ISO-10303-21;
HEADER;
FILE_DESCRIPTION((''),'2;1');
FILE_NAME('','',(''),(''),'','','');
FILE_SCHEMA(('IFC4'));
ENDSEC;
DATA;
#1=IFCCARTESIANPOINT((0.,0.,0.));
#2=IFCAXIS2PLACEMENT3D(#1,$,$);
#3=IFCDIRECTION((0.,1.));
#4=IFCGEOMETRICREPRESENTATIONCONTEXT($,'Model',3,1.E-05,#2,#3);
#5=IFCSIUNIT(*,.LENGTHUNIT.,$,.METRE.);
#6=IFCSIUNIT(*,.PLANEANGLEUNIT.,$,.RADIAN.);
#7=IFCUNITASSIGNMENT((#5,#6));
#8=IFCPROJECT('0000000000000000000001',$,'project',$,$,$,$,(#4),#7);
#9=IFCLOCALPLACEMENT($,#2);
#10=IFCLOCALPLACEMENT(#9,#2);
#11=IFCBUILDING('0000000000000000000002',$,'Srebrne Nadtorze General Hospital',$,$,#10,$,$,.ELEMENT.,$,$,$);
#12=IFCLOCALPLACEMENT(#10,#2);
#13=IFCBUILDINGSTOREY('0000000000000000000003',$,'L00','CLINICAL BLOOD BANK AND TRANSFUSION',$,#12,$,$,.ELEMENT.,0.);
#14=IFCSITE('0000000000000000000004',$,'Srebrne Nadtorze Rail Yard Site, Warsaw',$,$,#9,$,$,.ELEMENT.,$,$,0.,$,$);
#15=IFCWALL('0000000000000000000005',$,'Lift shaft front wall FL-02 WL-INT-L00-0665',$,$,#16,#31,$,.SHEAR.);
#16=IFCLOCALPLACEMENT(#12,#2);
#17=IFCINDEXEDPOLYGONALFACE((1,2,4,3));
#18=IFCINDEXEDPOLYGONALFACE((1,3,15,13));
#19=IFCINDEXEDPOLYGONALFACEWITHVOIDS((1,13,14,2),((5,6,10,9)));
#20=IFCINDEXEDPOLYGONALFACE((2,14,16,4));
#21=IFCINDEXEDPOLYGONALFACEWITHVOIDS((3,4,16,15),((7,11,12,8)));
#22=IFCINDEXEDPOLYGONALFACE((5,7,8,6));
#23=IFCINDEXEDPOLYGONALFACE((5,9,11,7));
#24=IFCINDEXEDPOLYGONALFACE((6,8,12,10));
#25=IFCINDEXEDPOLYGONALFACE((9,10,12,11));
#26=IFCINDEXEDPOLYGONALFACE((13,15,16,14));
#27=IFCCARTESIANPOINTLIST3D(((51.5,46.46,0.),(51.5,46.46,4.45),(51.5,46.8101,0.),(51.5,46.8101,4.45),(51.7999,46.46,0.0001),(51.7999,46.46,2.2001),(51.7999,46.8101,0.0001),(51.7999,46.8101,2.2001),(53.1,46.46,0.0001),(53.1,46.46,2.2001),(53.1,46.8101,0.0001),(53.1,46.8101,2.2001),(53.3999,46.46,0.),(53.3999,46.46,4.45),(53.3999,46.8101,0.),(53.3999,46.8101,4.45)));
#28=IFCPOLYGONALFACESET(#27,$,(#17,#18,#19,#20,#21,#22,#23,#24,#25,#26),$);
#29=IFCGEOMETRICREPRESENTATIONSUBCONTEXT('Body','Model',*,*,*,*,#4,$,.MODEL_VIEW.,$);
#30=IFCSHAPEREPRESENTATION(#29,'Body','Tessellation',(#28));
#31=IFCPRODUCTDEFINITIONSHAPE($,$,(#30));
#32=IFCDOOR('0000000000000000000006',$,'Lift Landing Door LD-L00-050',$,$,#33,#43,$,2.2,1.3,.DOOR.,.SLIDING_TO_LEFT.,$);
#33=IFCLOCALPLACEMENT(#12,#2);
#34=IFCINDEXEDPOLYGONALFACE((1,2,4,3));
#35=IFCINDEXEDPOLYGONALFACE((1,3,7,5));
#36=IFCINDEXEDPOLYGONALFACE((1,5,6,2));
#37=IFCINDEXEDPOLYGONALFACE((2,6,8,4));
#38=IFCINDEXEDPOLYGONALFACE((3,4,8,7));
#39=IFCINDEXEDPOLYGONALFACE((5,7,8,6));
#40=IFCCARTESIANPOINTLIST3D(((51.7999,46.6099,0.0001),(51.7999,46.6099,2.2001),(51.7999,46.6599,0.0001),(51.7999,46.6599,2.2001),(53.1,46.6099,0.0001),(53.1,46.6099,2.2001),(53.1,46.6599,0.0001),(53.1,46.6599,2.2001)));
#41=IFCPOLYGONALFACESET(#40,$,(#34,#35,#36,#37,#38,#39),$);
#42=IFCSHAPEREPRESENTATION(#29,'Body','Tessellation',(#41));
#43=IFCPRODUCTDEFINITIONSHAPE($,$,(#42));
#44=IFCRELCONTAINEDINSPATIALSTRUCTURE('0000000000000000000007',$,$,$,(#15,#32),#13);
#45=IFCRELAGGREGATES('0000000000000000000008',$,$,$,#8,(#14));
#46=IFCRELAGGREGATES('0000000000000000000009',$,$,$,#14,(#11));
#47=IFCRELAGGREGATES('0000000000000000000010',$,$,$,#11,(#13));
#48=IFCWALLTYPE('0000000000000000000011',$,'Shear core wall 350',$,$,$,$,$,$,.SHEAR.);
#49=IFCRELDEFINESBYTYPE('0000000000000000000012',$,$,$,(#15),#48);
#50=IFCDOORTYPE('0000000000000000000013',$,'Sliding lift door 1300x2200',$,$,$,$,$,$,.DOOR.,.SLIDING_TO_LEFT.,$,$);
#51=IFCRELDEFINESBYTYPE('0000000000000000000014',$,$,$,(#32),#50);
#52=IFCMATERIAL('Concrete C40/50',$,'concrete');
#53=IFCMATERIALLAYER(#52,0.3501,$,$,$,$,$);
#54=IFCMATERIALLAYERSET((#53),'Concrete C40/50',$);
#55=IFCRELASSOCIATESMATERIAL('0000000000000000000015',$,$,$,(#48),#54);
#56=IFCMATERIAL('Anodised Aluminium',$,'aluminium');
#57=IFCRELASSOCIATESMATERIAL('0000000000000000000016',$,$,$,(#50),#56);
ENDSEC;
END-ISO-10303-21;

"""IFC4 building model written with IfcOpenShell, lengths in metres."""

from ifc_helpers import new_model, si_unit, direction, frame, frame_2d, origin, place, context, subcontext, project, spatial, rectangle, extrude, material, layer, layer_set, type_object, element, fill, save


model = new_model("IFC4")

# Units and contexts
model_context = context("Model", 3, precision=1e-05, world=origin(), true_north=direction((0.0, 1.0)))
body_context = subcontext(model_context, "Body", "Model", "MODEL_VIEW")
ifc_project = project(units=[si_unit("LENGTHUNIT", "METRE"), si_unit("PLANEANGLEUNIT", "RADIAN")], contexts=[model_context])

# Site, building, storey
site_placement = place(None, origin())
site = spatial("IfcSite", under=ifc_project, at=site_placement, Name="Srebrne Nadtorze Rail Yard Site, Warsaw", CompositionType="ELEMENT", RefElevation=0.0)
building_placement = place(site_placement, origin())
building = spatial("IfcBuilding", under=site, at=building_placement, Name="Srebrne Nadtorze General Hospital", CompositionType="ELEMENT")
storey_placement = place(building_placement, origin())
storey = spatial("IfcBuildingStorey", under=building, at=storey_placement, Name="L00", Description="CLINICAL BLOOD BANK AND TRANSFUSION", CompositionType="ELEMENT", Elevation=0.0)

# Wall, opening, door
ifc_material_1 = material(Name="Concrete C40/50", Category="concrete")
ifc_layer_1 = layer(ifc_material_1, 0.3501)
ifc_layer_set_1 = layer_set([ifc_layer_1], Name="Concrete C40/50")
wall_type_1 = type_object("IfcWallType", Name="Shear core wall 350", PredefinedType="SHEAR", material=ifc_layer_set_1)
wall_1_placement = place(storey_placement, frame((51.5, 46.635, 0.0), z_axis=(0.0, 0.0, 1.0), x_axis=(1.0, 0.0, 0.0)))
wall_1 = element("IfcWall", 1, at=wall_1_placement, inside=storey, type_object=wall_type_1, Name="Lift shaft front wall FL-02 WL-INT-L00-0665", PredefinedType="SHEAR", context=body_context, shape_type="SweptSolid", body=[
    extrude(rectangle(XDim=1.8999, YDim=0.3501, at=frame_2d((0.95, 0.0))), origin(), (0.0, 0.0, 1.0), 4.45),
])
opening_1_placement = place(wall_1_placement, frame((0.3, 0.0, 0.0)))
opening_1 = element("IfcOpeningElement", 2, at=opening_1_placement, cuts=wall_1, PredefinedType="OPENING", context=body_context, shape_type="SweptSolid", body=[
    extrude(rectangle(XDim=1.3, YDim=2.2, at=frame_2d((0.6499, 1.1001))), frame((0.0, 0.187, 0.0), z_axis=(0.0, -1.0, 0.0), x_axis=(1.0, 0.0, 0.0)), (0.0, 0.0, 1.0), 0.374),
])
ifc_material_2 = material(Name="Anodised Aluminium", Category="aluminium")
door_type_1 = type_object("IfcDoorType", Name="Sliding lift door 1300x2200", OperationType="SLIDING_TO_LEFT", PredefinedType="DOOR", material=ifc_material_2)
door_1_placement = place(opening_1_placement, origin())
door_1 = element("IfcDoor", 3, at=door_1_placement, inside=storey, type_object=door_type_1, Name="Lift Landing Door LD-L00-050", OperationType="SLIDING_TO_LEFT", OverallHeight=2.2, OverallWidth=1.3, PredefinedType="DOOR", context=body_context, shape_type="SweptSolid", body=[
    extrude(rectangle(XDim=1.3, YDim=2.2, at=frame_2d((0.6499, 1.1001))), frame((0.0, 0.0249, 0.0), z_axis=(0.0, -1.0, 0.0), x_axis=(1.0, 0.0, 0.0)), (0.0, 0.0, 1.0), 0.05),
])
fill(opening_1, door_1)

save(model, "model.ifc")
